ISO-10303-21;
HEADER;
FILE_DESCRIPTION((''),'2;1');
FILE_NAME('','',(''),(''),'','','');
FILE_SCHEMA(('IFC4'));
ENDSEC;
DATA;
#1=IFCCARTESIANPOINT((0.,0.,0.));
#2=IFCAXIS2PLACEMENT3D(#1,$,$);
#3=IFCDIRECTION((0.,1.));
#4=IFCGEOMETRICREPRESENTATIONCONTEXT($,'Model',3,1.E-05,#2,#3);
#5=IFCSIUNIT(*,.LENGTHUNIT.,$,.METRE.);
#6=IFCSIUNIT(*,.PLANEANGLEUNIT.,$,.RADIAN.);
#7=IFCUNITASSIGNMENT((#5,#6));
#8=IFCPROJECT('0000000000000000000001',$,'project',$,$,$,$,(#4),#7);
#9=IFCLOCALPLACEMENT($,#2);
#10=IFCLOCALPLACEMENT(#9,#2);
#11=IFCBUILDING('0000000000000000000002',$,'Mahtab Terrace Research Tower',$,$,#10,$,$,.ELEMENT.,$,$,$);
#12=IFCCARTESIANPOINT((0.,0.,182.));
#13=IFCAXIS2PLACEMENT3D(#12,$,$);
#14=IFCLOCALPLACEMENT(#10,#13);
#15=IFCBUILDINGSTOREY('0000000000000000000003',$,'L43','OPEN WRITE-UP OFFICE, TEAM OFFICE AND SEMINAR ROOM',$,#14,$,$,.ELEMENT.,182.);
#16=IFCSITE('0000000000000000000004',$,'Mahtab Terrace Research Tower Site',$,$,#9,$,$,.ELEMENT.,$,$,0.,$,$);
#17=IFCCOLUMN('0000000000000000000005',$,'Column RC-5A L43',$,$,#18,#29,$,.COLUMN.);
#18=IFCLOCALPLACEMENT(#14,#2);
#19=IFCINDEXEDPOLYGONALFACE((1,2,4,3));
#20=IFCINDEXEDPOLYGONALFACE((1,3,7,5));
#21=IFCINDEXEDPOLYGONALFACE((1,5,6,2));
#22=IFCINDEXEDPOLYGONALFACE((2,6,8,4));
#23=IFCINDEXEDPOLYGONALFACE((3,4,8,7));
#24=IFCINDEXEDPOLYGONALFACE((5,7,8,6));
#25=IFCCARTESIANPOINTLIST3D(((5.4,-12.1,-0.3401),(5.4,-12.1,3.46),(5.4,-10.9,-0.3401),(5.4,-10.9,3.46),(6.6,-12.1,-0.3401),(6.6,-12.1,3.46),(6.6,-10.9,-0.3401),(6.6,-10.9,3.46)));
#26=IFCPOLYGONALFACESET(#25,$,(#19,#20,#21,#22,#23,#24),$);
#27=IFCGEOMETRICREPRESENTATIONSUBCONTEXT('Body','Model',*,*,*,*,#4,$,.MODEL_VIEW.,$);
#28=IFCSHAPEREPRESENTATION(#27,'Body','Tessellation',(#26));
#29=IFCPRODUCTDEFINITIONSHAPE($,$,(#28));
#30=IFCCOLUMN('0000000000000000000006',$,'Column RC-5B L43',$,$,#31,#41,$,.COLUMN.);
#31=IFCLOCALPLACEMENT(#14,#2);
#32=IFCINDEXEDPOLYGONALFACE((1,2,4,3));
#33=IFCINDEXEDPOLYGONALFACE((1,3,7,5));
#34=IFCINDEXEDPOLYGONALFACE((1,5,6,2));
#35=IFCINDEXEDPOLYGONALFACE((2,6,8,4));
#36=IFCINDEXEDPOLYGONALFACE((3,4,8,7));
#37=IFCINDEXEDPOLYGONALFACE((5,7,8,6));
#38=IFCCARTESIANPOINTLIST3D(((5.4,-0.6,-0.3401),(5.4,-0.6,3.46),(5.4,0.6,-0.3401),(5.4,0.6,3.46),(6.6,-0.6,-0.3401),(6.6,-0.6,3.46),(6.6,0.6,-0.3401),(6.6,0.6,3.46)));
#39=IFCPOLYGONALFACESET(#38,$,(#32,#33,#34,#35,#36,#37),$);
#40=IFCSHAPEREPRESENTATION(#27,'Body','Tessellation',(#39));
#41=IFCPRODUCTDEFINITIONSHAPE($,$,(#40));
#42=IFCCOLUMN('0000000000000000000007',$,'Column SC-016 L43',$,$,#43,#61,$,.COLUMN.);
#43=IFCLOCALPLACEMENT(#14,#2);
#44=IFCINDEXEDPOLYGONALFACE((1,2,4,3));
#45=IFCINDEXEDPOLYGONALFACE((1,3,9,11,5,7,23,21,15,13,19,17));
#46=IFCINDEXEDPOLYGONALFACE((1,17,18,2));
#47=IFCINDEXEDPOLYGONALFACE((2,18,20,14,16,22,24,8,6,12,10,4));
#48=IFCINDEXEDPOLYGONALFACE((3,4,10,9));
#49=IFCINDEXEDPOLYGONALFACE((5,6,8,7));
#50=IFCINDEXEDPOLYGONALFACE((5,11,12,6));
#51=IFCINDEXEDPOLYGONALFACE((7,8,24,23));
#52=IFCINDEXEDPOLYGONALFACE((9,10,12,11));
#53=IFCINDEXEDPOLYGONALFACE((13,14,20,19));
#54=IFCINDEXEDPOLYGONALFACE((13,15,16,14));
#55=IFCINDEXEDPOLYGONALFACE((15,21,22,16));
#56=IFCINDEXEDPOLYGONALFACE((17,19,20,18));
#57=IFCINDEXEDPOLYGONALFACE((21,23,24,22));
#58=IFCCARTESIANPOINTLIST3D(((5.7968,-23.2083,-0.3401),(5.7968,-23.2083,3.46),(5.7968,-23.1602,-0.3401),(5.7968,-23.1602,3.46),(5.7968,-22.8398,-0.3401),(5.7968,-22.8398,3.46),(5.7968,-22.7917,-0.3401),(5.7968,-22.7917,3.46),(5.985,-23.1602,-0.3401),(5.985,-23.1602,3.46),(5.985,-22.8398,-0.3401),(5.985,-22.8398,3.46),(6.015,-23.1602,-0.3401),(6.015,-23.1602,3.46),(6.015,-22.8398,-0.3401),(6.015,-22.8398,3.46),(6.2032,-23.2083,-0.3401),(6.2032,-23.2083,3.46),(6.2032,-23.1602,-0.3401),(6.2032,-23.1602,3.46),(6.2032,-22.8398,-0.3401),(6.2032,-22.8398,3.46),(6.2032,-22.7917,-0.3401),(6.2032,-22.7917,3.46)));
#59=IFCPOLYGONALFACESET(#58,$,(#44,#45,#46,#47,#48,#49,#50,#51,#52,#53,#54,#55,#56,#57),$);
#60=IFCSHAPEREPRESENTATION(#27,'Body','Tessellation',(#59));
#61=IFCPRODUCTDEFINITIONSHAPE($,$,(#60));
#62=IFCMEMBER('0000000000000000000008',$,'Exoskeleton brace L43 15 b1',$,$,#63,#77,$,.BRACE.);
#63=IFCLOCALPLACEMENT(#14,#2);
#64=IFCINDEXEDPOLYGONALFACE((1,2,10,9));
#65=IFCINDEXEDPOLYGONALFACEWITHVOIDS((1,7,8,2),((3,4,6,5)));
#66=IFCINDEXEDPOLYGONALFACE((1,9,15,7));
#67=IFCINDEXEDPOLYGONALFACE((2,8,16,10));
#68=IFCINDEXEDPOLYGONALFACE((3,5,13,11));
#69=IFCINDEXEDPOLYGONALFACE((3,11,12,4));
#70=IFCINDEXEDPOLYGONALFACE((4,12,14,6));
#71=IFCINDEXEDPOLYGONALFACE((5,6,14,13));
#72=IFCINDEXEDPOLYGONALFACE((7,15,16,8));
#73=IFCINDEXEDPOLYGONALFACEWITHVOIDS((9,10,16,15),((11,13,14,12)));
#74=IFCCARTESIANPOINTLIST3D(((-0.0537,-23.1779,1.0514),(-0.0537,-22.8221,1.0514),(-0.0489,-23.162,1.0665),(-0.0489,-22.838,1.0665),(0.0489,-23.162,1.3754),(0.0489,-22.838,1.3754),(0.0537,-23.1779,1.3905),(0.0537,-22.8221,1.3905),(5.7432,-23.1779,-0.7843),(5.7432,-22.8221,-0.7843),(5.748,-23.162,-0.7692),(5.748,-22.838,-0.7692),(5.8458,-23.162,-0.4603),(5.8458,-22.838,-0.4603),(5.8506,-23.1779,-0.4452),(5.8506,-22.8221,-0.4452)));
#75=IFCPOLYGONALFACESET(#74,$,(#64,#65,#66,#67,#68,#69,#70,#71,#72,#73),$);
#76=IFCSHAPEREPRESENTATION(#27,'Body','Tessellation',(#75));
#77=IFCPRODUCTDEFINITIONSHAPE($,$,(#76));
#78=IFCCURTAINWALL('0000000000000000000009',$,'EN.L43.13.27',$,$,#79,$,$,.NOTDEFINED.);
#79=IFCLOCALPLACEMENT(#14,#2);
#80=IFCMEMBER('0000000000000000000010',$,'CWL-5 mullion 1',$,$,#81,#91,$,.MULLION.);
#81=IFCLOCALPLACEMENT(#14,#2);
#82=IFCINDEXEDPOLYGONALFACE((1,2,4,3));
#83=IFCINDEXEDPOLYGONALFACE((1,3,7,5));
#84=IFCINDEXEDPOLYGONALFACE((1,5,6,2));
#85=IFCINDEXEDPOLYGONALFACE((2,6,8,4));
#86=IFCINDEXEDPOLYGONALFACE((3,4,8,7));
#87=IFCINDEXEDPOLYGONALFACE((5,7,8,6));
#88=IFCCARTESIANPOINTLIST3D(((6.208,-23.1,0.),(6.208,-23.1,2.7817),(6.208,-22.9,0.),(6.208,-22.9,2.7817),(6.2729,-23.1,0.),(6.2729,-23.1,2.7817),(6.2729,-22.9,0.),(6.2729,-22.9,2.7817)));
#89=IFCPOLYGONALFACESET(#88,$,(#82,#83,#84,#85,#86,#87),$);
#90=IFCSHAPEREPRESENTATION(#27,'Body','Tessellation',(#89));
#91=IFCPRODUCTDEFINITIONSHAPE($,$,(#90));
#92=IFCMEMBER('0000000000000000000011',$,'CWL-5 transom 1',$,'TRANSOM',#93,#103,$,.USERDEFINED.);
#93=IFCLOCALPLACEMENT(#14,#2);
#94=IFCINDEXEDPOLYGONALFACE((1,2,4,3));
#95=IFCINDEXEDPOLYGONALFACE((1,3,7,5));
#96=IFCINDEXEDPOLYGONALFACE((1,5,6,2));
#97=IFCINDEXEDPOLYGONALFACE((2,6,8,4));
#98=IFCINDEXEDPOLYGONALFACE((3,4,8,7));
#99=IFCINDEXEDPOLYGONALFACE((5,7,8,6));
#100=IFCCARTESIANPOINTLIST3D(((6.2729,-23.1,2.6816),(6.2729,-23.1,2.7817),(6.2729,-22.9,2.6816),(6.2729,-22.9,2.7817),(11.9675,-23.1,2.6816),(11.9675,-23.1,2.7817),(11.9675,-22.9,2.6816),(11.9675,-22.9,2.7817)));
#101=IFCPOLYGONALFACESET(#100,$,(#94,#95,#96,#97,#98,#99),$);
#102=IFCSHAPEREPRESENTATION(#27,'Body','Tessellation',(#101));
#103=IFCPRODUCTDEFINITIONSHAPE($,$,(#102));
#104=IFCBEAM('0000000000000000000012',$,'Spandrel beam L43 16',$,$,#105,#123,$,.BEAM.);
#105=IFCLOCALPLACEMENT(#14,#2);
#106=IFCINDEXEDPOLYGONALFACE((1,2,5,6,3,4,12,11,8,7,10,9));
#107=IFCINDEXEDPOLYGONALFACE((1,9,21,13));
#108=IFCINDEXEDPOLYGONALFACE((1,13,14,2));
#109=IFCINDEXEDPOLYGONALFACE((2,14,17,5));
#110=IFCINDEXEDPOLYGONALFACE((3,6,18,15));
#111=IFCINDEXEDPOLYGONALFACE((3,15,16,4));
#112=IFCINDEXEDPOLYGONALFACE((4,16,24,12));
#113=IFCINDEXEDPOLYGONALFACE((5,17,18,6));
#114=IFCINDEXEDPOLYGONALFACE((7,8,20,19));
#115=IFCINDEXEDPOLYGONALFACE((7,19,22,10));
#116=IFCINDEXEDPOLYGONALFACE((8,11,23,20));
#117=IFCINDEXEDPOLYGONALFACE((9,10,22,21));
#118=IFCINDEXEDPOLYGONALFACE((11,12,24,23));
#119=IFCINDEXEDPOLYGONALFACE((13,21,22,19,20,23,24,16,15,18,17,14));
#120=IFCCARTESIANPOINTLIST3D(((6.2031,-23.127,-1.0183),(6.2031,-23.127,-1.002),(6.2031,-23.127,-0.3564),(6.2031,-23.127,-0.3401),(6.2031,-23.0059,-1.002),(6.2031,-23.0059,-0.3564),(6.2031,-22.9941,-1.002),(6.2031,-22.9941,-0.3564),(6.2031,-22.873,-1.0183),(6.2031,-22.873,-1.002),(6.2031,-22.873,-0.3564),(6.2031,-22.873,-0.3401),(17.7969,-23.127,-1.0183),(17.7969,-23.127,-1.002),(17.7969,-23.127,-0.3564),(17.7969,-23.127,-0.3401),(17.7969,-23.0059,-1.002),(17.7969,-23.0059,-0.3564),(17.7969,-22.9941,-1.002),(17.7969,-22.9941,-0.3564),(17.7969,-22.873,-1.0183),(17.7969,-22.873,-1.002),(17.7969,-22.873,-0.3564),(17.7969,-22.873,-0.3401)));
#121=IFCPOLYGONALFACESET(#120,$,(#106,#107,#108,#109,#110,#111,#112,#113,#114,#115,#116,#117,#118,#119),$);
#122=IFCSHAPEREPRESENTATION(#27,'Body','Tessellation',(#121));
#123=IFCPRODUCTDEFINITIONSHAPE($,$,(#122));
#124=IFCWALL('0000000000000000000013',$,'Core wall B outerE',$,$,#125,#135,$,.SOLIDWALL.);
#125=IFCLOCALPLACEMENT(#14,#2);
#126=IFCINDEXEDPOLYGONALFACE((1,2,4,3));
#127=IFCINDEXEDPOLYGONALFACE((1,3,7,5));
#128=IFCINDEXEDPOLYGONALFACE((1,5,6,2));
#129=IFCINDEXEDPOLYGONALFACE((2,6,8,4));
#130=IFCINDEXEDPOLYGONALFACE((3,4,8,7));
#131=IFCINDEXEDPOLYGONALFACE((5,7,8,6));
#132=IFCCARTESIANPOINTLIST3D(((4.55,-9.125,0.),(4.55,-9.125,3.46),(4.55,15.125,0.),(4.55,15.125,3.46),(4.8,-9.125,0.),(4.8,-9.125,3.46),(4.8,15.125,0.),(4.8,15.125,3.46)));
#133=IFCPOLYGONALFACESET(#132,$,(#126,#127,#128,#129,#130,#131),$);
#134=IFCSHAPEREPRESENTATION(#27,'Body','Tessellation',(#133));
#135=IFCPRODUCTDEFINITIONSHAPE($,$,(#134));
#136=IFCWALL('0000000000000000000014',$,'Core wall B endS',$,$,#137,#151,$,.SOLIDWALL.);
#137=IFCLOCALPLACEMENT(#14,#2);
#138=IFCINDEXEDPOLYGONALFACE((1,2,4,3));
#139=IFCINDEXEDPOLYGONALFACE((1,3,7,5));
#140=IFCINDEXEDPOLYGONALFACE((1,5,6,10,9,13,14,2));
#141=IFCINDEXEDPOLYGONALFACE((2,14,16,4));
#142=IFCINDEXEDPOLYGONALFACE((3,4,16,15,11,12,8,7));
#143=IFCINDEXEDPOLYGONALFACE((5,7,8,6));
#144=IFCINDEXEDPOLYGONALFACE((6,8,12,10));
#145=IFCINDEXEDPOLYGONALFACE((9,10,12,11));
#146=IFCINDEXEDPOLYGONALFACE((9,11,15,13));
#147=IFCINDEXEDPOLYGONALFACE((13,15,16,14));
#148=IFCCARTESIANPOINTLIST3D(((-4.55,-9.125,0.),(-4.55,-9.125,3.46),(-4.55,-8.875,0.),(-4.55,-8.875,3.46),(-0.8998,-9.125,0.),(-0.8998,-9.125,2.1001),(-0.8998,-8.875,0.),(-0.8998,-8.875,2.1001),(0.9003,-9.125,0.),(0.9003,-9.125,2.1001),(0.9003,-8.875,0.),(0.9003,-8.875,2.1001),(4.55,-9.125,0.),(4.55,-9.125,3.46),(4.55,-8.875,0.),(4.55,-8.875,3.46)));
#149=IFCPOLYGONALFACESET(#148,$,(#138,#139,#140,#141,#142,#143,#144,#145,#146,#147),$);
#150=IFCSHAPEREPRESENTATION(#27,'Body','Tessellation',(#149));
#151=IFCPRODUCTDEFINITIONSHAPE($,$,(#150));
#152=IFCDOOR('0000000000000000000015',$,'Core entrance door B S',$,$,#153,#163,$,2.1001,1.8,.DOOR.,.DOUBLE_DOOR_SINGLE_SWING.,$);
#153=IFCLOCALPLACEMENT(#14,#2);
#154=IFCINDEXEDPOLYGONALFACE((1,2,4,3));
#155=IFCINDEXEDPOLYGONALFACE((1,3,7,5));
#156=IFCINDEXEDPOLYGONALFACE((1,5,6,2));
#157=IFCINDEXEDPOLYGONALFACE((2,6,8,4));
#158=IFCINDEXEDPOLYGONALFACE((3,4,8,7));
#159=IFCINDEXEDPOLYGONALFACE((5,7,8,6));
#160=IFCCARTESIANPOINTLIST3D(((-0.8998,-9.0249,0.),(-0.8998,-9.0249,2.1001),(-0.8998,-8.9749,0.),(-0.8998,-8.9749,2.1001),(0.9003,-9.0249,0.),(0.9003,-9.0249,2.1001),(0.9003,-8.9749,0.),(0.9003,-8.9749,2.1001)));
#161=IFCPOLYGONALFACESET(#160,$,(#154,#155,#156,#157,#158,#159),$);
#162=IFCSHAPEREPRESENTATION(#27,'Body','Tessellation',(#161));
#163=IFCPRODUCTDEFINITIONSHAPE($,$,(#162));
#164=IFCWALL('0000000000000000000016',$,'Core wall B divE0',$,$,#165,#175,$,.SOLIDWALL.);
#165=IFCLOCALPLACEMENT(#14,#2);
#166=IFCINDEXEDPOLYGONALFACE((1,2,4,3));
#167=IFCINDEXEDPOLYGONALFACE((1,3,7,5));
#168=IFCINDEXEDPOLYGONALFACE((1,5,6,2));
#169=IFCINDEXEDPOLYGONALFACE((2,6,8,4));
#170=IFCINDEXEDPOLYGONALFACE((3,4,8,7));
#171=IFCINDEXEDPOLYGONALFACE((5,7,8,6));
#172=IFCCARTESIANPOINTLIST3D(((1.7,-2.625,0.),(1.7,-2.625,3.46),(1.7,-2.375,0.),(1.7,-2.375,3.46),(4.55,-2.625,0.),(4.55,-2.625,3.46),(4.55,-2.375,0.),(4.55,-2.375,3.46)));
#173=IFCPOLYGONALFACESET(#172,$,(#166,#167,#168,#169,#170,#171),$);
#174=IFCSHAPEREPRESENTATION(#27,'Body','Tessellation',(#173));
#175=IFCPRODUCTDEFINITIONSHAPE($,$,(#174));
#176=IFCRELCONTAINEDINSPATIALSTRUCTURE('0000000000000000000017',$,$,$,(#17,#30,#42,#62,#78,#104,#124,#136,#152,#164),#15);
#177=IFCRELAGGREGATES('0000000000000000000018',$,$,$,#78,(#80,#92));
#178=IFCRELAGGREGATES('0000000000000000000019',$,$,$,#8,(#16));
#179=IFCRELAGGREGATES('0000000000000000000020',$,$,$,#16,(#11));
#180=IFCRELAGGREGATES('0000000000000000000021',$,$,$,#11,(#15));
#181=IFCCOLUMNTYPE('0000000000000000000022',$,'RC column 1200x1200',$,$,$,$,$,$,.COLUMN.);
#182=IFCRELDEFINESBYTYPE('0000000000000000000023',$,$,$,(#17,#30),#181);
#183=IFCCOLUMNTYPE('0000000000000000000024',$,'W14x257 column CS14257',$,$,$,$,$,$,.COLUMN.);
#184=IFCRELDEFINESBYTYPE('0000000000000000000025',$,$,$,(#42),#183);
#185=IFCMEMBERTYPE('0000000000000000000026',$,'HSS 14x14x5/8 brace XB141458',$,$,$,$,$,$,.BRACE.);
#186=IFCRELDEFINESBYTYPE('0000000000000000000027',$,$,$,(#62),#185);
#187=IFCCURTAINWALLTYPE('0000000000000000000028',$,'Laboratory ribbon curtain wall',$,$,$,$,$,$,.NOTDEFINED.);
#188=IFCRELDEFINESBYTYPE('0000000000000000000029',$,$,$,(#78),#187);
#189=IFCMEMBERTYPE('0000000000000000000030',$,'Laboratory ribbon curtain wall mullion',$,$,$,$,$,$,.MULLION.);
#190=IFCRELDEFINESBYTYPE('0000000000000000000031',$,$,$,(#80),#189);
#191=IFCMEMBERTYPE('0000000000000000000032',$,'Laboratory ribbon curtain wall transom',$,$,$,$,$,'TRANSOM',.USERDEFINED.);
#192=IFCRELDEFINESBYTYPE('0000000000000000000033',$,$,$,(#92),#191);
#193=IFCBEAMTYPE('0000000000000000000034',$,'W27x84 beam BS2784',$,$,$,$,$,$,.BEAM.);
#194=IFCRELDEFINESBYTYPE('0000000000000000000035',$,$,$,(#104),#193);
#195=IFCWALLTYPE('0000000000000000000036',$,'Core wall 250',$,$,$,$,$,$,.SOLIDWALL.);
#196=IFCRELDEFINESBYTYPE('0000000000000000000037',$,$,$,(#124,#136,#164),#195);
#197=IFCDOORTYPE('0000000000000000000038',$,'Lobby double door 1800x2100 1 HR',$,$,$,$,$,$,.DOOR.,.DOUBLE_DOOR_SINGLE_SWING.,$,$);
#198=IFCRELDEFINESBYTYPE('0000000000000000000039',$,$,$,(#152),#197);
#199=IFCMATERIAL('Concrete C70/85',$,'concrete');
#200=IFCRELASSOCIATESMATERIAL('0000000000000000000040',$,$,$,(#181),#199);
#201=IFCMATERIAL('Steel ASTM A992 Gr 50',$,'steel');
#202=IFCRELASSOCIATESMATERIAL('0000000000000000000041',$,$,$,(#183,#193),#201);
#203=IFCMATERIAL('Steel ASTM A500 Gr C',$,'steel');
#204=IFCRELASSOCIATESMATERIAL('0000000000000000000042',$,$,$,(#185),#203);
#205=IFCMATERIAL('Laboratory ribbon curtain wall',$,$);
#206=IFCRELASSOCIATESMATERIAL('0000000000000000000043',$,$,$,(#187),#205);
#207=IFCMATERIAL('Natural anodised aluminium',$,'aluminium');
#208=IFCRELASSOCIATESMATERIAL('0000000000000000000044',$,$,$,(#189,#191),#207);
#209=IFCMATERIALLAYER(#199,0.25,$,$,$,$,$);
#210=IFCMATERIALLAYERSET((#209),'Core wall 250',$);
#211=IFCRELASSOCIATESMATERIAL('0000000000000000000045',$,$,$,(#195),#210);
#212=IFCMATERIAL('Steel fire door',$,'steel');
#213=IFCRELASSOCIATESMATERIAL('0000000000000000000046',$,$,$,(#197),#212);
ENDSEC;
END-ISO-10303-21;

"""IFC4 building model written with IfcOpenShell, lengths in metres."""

from ifc_helpers import new_model, si_unit, direction, frame, frame_2d, origin, origin_2d, place, context, subcontext, project, spatial, rectangle, hollow_rectangle, i_section, extrude, material, layer, layer_set, material_profile, profile_set, type_object, element, fill, aggregate, save


model = new_model("IFC4")

# Units and contexts
model_context = context("Model", 3, precision=1e-05, world=origin(), true_north=direction((0.0, 1.0)))
body_context = subcontext(model_context, "Body", "Model", "MODEL_VIEW")
ifc_project = project(units=[si_unit("LENGTHUNIT", "METRE"), si_unit("PLANEANGLEUNIT", "RADIAN")], contexts=[model_context])

# Site, building, storey
site_placement = place(None, origin())
site = spatial("IfcSite", under=ifc_project, at=site_placement, Name="Mahtab Terrace Research Tower Site", CompositionType="ELEMENT", RefElevation=0.0)
building_placement = place(site_placement, origin())
building = spatial("IfcBuilding", under=site, at=building_placement, Name="Mahtab Terrace Research Tower", CompositionType="ELEMENT")
storey_placement = place(building_placement, frame((0.0, 0.0, 182.0)))
storey = spatial("IfcBuildingStorey", under=building, at=storey_placement, Name="L43", Description="OPEN WRITE-UP OFFICE, TEAM OFFICE AND SEMINAR ROOM", CompositionType="ELEMENT", Elevation=182.0)

# Columns
ifc_material_1 = material(Name="Concrete C70/85", Category="concrete")
ifc_material_profile_1 = material_profile(ifc_material_1, rectangle(XDim=1.2, YDim=1.2, at=origin_2d()), Name="RC column 1200x1200")
ifc_profile_set_1 = profile_set([ifc_material_profile_1], Name="Concrete C70/85")
column_type_1 = type_object("IfcColumnType", Name="RC column 1200x1200", PredefinedType="COLUMN", material=ifc_profile_set_1)
for number, where, z_axis, x_axis, name in (
    (1, (6.0, -11.5, -0.3401), (0.0, 0.0, 1.0), (1.0, 0.0, 0.0), "Column RC-5A L43"),
    (2, (6.0, 0.0, -0.3401), (0.0, 0.0, 1.0), (1.0, 0.0, 0.0), "Column RC-5B L43"),
):
    element("IfcColumn", number, at=place(storey_placement, frame(where, z_axis=z_axis, x_axis=x_axis)), inside=storey, type_object=column_type_1, Name=name, PredefinedType="COLUMN", context=body_context, shape_type="SweptSolid", body=[
        extrude(rectangle(XDim=1.2, YDim=1.2, at=origin_2d()), origin(), (0.0, 0.0, 1.0), 3.8),
    ])
ifc_material_2 = material(Name="Steel ASTM A992 Gr 50", Category="steel")
ifc_material_profile_2 = material_profile(ifc_material_2, i_section(OverallWidth=0.4065, OverallDepth=0.4165, WebThickness=0.03, FlangeThickness=0.0481, at=origin_2d()), Name="W14X257")
ifc_profile_set_2 = profile_set([ifc_material_profile_2], Name="Steel ASTM A992 Gr 50")
column_type_2 = type_object("IfcColumnType", Name="W14x257 column CS14257", PredefinedType="COLUMN", material=ifc_profile_set_2)
column_placement = place(storey_placement, frame((6.0, -23.0, -0.3401), z_axis=(0.0, 0.0, 1.0), x_axis=(1.0, 0.0, 0.0)))
element("IfcColumn", 3, at=column_placement, inside=storey, type_object=column_type_2, Name="Column SC-016 L43", PredefinedType="COLUMN", context=body_context, shape_type="SweptSolid", body=[
    extrude(i_section(OverallWidth=0.4065, OverallDepth=0.4165, WebThickness=0.03, FlangeThickness=0.0481, at=origin_2d()), origin(), (0.0, 0.0, 1.0), 3.8),
])

# Member
ifc_material_3 = material(Name="Steel ASTM A500 Gr C", Category="steel")
ifc_material_profile_3 = material_profile(ifc_material_3, hollow_rectangle(XDim=0.3557, YDim=0.3557, WallThickness=0.0159, at=origin_2d()), Name="HSS14X14X5/8")
ifc_profile_set_3 = profile_set([ifc_material_profile_3], Name="Steel ASTM A500 Gr C")
member_type_1 = type_object("IfcMemberType", Name="HSS 14x14x5/8 brace XB141458", PredefinedType="BRACE", material=ifc_profile_set_3)
member_1_placement = place(storey_placement, frame((5.7969, -23.0, -0.6147), z_axis=(-0.953341, 0.0, 0.301894), x_axis=(0.0, -1.0, 0.0)))
element("IfcMember", 4, at=member_1_placement, inside=storey, type_object=member_type_1, Name="Exoskeleton brace L43 15 b1", PredefinedType="BRACE", context=body_context, shape_type="SweptSolid", body=[
    extrude(hollow_rectangle(XDim=0.3557, YDim=0.3557, WallThickness=0.0159, at=origin_2d()), origin(), (0.0, 0.0, 1.0), 6.0806),
])

# Curtain wall, members
ifc_material_4 = material(Name="Laboratory ribbon curtain wall")
curtain_wall_type = type_object("IfcCurtainWallType", Name="Laboratory ribbon curtain wall", PredefinedType="NOTDEFINED", material=ifc_material_4)
curtain_wall_placement = place(storey_placement, origin())
curtain_wall = element("IfcCurtainWall", 5, at=curtain_wall_placement, inside=storey, type_object=curtain_wall_type, Name="EN.L43.13.27", PredefinedType="NOTDEFINED")
ifc_material_5 = material(Name="Natural anodised aluminium", Category="aluminium")
ifc_material_profile_4 = material_profile(ifc_material_5, rectangle(XDim=0.2, YDim=0.0649, at=origin_2d()), Name="MULLION 65x200")
ifc_profile_set_4 = profile_set([ifc_material_profile_4], Name="Natural anodised aluminium")
member_type_2 = type_object("IfcMemberType", Name="Laboratory ribbon curtain wall mullion", PredefinedType="MULLION", material=ifc_profile_set_4)
member_2_placement = place(storey_placement, frame((6.2405, -23.0, 0.0), z_axis=(0.0, 0.0, 1.0), x_axis=(0.0, 1.0, 0.0)))
member_2 = element("IfcMember", 6, at=member_2_placement, type_object=member_type_2, Name="CWL-5 mullion 1", PredefinedType="MULLION", context=body_context, shape_type="SweptSolid", body=[
    extrude(rectangle(XDim=0.2, YDim=0.0649, at=origin_2d()), origin(), (0.0, 0.0, 1.0), 2.7817),
])
ifc_material_profile_5 = material_profile(ifc_material_5, rectangle(XDim=0.2, YDim=0.1001, at=origin_2d()), Name="TRANSOM 100x200")
ifc_profile_set_5 = profile_set([ifc_material_profile_5], Name="Natural anodised aluminium")
member_type_3 = type_object("IfcMemberType", Name="Laboratory ribbon curtain wall transom", ElementType="TRANSOM", PredefinedType="USERDEFINED", material=ifc_profile_set_5)
member_3_placement = place(storey_placement, frame((6.2729, -23.0, 2.7317), z_axis=(1.0, 0.0, 0.0), x_axis=(0.0, 1.0, 0.0)))
member_3 = element("IfcMember", 7, at=member_3_placement, type_object=member_type_3, Name="CWL-5 transom 1", ObjectType="TRANSOM", PredefinedType="USERDEFINED", context=body_context, shape_type="SweptSolid", body=[
    extrude(rectangle(XDim=0.2, YDim=0.1001, at=origin_2d()), origin(), (0.0, 0.0, 1.0), 5.6946),
])
aggregate(curtain_wall, [member_2, member_3])

# Beam
ifc_material_profile_6 = material_profile(ifc_material_2, i_section(OverallWidth=0.2539, OverallDepth=0.6782, WebThickness=0.0117, FlangeThickness=0.0164, at=origin_2d()), Name="W27X84")
ifc_profile_set_6 = profile_set([ifc_material_profile_6], Name="Steel ASTM A992 Gr 50")
beam_type = type_object("IfcBeamType", Name="W27x84 beam BS2784", PredefinedType="BEAM", material=ifc_profile_set_6)
beam_placement = place(storey_placement, frame((6.2031, -23.0, -0.6792), z_axis=(1.0, 0.0, 0.0), x_axis=(0.0, 1.0, 0.0)))
element("IfcBeam", 8, at=beam_placement, inside=storey, type_object=beam_type, Name="Spandrel beam L43 16", PredefinedType="BEAM", context=body_context, shape_type="SweptSolid", body=[
    extrude(i_section(OverallWidth=0.2539, OverallDepth=0.6782, WebThickness=0.0117, FlangeThickness=0.0164, at=origin_2d()), origin(), (0.0, 0.0, 1.0), 11.5938),
])

# Wall
ifc_layer_1 = layer(ifc_material_1, 0.25)
ifc_layer_set_1 = layer_set([ifc_layer_1], Name="Core wall 250")
wall_type_1 = type_object("IfcWallType", Name="Core wall 250", PredefinedType="SOLIDWALL", material=ifc_layer_set_1)
wall_1_placement = place(storey_placement, frame((4.675, -9.125, 0.0), z_axis=(0.0, 0.0, 1.0), x_axis=(0.0, 1.0, 0.0)))
element("IfcWall", 9, at=wall_1_placement, inside=storey, type_object=wall_type_1, Name="Core wall B outerE", PredefinedType="SOLIDWALL", context=body_context, shape_type="SweptSolid", body=[
    extrude(rectangle(XDim=24.25, YDim=0.25, at=frame_2d((12.125, 0.0))), origin(), (0.0, 0.0, 1.0), 3.46),
])

# Wall, opening, door
wall_2_placement = place(storey_placement, frame((4.55, -9.0, 0.0), z_axis=(0.0, 0.0, 1.0), x_axis=(-1.0, 0.0, 0.0)))
wall_2 = element("IfcWall", 10, at=wall_2_placement, inside=storey, type_object=wall_type_1, Name="Core wall B endS", PredefinedType="SOLIDWALL", context=body_context, shape_type="SweptSolid", body=[
    extrude(rectangle(XDim=9.1001, YDim=0.25, at=frame_2d((4.55, 0.0))), origin(), (0.0, 0.0, 1.0), 3.46),
])
opening_1_placement = place(wall_2_placement, frame((3.6499, 0.0, 0.0)))
opening_1 = element("IfcOpeningElement", 11, at=opening_1_placement, cuts=wall_2, PredefinedType="OPENING", context=body_context, shape_type="SweptSolid", body=[
    extrude(rectangle(XDim=1.8, YDim=2.1001, at=frame_2d((0.8999, 1.05))), frame((0.0, 0.135, 0.0), z_axis=(0.0, -1.0, 0.0), x_axis=(1.0, 0.0, 0.0)), (0.0, 0.0, 1.0), 0.27),
])
ifc_material_6 = material(Name="Steel fire door", Category="steel")
door_type_1 = type_object("IfcDoorType", Name="Lobby double door 1800x2100 1 HR", OperationType="DOUBLE_DOOR_SINGLE_SWING", PredefinedType="DOOR", material=ifc_material_6)
door_1_placement = place(opening_1_placement, origin())
door_1 = element("IfcDoor", 12, at=door_1_placement, inside=storey, type_object=door_type_1, Name="Core entrance door B S", OperationType="DOUBLE_DOOR_SINGLE_SWING", OverallHeight=2.1001, OverallWidth=1.8, PredefinedType="DOOR", context=body_context, shape_type="SweptSolid", body=[
    extrude(rectangle(XDim=1.8, YDim=2.1001, at=frame_2d((0.8999, 1.05))), frame((0.0, 0.0249, 0.0), z_axis=(0.0, -1.0, 0.0), x_axis=(1.0, 0.0, 0.0)), (0.0, 0.0, 1.0), 0.05),
])
fill(opening_1, door_1)

# Wall
for number, where, z_axis, x_axis, name in (
    (13, (1.7, -2.5, 0.0), (0.0, 0.0, 1.0), (1.0, 0.0, 0.0), "Core wall B divE0"),
):
    element("IfcWall", number, at=place(storey_placement, frame(where, z_axis=z_axis, x_axis=x_axis)), inside=storey, type_object=wall_type_1, Name=name, PredefinedType="SOLIDWALL", context=body_context, shape_type="SweptSolid", body=[
        extrude(rectangle(XDim=2.8501, YDim=0.25, at=frame_2d((1.425, 0.0))), origin(), (0.0, 0.0, 1.0), 3.46),
    ])

save(model, "model.ifc")
